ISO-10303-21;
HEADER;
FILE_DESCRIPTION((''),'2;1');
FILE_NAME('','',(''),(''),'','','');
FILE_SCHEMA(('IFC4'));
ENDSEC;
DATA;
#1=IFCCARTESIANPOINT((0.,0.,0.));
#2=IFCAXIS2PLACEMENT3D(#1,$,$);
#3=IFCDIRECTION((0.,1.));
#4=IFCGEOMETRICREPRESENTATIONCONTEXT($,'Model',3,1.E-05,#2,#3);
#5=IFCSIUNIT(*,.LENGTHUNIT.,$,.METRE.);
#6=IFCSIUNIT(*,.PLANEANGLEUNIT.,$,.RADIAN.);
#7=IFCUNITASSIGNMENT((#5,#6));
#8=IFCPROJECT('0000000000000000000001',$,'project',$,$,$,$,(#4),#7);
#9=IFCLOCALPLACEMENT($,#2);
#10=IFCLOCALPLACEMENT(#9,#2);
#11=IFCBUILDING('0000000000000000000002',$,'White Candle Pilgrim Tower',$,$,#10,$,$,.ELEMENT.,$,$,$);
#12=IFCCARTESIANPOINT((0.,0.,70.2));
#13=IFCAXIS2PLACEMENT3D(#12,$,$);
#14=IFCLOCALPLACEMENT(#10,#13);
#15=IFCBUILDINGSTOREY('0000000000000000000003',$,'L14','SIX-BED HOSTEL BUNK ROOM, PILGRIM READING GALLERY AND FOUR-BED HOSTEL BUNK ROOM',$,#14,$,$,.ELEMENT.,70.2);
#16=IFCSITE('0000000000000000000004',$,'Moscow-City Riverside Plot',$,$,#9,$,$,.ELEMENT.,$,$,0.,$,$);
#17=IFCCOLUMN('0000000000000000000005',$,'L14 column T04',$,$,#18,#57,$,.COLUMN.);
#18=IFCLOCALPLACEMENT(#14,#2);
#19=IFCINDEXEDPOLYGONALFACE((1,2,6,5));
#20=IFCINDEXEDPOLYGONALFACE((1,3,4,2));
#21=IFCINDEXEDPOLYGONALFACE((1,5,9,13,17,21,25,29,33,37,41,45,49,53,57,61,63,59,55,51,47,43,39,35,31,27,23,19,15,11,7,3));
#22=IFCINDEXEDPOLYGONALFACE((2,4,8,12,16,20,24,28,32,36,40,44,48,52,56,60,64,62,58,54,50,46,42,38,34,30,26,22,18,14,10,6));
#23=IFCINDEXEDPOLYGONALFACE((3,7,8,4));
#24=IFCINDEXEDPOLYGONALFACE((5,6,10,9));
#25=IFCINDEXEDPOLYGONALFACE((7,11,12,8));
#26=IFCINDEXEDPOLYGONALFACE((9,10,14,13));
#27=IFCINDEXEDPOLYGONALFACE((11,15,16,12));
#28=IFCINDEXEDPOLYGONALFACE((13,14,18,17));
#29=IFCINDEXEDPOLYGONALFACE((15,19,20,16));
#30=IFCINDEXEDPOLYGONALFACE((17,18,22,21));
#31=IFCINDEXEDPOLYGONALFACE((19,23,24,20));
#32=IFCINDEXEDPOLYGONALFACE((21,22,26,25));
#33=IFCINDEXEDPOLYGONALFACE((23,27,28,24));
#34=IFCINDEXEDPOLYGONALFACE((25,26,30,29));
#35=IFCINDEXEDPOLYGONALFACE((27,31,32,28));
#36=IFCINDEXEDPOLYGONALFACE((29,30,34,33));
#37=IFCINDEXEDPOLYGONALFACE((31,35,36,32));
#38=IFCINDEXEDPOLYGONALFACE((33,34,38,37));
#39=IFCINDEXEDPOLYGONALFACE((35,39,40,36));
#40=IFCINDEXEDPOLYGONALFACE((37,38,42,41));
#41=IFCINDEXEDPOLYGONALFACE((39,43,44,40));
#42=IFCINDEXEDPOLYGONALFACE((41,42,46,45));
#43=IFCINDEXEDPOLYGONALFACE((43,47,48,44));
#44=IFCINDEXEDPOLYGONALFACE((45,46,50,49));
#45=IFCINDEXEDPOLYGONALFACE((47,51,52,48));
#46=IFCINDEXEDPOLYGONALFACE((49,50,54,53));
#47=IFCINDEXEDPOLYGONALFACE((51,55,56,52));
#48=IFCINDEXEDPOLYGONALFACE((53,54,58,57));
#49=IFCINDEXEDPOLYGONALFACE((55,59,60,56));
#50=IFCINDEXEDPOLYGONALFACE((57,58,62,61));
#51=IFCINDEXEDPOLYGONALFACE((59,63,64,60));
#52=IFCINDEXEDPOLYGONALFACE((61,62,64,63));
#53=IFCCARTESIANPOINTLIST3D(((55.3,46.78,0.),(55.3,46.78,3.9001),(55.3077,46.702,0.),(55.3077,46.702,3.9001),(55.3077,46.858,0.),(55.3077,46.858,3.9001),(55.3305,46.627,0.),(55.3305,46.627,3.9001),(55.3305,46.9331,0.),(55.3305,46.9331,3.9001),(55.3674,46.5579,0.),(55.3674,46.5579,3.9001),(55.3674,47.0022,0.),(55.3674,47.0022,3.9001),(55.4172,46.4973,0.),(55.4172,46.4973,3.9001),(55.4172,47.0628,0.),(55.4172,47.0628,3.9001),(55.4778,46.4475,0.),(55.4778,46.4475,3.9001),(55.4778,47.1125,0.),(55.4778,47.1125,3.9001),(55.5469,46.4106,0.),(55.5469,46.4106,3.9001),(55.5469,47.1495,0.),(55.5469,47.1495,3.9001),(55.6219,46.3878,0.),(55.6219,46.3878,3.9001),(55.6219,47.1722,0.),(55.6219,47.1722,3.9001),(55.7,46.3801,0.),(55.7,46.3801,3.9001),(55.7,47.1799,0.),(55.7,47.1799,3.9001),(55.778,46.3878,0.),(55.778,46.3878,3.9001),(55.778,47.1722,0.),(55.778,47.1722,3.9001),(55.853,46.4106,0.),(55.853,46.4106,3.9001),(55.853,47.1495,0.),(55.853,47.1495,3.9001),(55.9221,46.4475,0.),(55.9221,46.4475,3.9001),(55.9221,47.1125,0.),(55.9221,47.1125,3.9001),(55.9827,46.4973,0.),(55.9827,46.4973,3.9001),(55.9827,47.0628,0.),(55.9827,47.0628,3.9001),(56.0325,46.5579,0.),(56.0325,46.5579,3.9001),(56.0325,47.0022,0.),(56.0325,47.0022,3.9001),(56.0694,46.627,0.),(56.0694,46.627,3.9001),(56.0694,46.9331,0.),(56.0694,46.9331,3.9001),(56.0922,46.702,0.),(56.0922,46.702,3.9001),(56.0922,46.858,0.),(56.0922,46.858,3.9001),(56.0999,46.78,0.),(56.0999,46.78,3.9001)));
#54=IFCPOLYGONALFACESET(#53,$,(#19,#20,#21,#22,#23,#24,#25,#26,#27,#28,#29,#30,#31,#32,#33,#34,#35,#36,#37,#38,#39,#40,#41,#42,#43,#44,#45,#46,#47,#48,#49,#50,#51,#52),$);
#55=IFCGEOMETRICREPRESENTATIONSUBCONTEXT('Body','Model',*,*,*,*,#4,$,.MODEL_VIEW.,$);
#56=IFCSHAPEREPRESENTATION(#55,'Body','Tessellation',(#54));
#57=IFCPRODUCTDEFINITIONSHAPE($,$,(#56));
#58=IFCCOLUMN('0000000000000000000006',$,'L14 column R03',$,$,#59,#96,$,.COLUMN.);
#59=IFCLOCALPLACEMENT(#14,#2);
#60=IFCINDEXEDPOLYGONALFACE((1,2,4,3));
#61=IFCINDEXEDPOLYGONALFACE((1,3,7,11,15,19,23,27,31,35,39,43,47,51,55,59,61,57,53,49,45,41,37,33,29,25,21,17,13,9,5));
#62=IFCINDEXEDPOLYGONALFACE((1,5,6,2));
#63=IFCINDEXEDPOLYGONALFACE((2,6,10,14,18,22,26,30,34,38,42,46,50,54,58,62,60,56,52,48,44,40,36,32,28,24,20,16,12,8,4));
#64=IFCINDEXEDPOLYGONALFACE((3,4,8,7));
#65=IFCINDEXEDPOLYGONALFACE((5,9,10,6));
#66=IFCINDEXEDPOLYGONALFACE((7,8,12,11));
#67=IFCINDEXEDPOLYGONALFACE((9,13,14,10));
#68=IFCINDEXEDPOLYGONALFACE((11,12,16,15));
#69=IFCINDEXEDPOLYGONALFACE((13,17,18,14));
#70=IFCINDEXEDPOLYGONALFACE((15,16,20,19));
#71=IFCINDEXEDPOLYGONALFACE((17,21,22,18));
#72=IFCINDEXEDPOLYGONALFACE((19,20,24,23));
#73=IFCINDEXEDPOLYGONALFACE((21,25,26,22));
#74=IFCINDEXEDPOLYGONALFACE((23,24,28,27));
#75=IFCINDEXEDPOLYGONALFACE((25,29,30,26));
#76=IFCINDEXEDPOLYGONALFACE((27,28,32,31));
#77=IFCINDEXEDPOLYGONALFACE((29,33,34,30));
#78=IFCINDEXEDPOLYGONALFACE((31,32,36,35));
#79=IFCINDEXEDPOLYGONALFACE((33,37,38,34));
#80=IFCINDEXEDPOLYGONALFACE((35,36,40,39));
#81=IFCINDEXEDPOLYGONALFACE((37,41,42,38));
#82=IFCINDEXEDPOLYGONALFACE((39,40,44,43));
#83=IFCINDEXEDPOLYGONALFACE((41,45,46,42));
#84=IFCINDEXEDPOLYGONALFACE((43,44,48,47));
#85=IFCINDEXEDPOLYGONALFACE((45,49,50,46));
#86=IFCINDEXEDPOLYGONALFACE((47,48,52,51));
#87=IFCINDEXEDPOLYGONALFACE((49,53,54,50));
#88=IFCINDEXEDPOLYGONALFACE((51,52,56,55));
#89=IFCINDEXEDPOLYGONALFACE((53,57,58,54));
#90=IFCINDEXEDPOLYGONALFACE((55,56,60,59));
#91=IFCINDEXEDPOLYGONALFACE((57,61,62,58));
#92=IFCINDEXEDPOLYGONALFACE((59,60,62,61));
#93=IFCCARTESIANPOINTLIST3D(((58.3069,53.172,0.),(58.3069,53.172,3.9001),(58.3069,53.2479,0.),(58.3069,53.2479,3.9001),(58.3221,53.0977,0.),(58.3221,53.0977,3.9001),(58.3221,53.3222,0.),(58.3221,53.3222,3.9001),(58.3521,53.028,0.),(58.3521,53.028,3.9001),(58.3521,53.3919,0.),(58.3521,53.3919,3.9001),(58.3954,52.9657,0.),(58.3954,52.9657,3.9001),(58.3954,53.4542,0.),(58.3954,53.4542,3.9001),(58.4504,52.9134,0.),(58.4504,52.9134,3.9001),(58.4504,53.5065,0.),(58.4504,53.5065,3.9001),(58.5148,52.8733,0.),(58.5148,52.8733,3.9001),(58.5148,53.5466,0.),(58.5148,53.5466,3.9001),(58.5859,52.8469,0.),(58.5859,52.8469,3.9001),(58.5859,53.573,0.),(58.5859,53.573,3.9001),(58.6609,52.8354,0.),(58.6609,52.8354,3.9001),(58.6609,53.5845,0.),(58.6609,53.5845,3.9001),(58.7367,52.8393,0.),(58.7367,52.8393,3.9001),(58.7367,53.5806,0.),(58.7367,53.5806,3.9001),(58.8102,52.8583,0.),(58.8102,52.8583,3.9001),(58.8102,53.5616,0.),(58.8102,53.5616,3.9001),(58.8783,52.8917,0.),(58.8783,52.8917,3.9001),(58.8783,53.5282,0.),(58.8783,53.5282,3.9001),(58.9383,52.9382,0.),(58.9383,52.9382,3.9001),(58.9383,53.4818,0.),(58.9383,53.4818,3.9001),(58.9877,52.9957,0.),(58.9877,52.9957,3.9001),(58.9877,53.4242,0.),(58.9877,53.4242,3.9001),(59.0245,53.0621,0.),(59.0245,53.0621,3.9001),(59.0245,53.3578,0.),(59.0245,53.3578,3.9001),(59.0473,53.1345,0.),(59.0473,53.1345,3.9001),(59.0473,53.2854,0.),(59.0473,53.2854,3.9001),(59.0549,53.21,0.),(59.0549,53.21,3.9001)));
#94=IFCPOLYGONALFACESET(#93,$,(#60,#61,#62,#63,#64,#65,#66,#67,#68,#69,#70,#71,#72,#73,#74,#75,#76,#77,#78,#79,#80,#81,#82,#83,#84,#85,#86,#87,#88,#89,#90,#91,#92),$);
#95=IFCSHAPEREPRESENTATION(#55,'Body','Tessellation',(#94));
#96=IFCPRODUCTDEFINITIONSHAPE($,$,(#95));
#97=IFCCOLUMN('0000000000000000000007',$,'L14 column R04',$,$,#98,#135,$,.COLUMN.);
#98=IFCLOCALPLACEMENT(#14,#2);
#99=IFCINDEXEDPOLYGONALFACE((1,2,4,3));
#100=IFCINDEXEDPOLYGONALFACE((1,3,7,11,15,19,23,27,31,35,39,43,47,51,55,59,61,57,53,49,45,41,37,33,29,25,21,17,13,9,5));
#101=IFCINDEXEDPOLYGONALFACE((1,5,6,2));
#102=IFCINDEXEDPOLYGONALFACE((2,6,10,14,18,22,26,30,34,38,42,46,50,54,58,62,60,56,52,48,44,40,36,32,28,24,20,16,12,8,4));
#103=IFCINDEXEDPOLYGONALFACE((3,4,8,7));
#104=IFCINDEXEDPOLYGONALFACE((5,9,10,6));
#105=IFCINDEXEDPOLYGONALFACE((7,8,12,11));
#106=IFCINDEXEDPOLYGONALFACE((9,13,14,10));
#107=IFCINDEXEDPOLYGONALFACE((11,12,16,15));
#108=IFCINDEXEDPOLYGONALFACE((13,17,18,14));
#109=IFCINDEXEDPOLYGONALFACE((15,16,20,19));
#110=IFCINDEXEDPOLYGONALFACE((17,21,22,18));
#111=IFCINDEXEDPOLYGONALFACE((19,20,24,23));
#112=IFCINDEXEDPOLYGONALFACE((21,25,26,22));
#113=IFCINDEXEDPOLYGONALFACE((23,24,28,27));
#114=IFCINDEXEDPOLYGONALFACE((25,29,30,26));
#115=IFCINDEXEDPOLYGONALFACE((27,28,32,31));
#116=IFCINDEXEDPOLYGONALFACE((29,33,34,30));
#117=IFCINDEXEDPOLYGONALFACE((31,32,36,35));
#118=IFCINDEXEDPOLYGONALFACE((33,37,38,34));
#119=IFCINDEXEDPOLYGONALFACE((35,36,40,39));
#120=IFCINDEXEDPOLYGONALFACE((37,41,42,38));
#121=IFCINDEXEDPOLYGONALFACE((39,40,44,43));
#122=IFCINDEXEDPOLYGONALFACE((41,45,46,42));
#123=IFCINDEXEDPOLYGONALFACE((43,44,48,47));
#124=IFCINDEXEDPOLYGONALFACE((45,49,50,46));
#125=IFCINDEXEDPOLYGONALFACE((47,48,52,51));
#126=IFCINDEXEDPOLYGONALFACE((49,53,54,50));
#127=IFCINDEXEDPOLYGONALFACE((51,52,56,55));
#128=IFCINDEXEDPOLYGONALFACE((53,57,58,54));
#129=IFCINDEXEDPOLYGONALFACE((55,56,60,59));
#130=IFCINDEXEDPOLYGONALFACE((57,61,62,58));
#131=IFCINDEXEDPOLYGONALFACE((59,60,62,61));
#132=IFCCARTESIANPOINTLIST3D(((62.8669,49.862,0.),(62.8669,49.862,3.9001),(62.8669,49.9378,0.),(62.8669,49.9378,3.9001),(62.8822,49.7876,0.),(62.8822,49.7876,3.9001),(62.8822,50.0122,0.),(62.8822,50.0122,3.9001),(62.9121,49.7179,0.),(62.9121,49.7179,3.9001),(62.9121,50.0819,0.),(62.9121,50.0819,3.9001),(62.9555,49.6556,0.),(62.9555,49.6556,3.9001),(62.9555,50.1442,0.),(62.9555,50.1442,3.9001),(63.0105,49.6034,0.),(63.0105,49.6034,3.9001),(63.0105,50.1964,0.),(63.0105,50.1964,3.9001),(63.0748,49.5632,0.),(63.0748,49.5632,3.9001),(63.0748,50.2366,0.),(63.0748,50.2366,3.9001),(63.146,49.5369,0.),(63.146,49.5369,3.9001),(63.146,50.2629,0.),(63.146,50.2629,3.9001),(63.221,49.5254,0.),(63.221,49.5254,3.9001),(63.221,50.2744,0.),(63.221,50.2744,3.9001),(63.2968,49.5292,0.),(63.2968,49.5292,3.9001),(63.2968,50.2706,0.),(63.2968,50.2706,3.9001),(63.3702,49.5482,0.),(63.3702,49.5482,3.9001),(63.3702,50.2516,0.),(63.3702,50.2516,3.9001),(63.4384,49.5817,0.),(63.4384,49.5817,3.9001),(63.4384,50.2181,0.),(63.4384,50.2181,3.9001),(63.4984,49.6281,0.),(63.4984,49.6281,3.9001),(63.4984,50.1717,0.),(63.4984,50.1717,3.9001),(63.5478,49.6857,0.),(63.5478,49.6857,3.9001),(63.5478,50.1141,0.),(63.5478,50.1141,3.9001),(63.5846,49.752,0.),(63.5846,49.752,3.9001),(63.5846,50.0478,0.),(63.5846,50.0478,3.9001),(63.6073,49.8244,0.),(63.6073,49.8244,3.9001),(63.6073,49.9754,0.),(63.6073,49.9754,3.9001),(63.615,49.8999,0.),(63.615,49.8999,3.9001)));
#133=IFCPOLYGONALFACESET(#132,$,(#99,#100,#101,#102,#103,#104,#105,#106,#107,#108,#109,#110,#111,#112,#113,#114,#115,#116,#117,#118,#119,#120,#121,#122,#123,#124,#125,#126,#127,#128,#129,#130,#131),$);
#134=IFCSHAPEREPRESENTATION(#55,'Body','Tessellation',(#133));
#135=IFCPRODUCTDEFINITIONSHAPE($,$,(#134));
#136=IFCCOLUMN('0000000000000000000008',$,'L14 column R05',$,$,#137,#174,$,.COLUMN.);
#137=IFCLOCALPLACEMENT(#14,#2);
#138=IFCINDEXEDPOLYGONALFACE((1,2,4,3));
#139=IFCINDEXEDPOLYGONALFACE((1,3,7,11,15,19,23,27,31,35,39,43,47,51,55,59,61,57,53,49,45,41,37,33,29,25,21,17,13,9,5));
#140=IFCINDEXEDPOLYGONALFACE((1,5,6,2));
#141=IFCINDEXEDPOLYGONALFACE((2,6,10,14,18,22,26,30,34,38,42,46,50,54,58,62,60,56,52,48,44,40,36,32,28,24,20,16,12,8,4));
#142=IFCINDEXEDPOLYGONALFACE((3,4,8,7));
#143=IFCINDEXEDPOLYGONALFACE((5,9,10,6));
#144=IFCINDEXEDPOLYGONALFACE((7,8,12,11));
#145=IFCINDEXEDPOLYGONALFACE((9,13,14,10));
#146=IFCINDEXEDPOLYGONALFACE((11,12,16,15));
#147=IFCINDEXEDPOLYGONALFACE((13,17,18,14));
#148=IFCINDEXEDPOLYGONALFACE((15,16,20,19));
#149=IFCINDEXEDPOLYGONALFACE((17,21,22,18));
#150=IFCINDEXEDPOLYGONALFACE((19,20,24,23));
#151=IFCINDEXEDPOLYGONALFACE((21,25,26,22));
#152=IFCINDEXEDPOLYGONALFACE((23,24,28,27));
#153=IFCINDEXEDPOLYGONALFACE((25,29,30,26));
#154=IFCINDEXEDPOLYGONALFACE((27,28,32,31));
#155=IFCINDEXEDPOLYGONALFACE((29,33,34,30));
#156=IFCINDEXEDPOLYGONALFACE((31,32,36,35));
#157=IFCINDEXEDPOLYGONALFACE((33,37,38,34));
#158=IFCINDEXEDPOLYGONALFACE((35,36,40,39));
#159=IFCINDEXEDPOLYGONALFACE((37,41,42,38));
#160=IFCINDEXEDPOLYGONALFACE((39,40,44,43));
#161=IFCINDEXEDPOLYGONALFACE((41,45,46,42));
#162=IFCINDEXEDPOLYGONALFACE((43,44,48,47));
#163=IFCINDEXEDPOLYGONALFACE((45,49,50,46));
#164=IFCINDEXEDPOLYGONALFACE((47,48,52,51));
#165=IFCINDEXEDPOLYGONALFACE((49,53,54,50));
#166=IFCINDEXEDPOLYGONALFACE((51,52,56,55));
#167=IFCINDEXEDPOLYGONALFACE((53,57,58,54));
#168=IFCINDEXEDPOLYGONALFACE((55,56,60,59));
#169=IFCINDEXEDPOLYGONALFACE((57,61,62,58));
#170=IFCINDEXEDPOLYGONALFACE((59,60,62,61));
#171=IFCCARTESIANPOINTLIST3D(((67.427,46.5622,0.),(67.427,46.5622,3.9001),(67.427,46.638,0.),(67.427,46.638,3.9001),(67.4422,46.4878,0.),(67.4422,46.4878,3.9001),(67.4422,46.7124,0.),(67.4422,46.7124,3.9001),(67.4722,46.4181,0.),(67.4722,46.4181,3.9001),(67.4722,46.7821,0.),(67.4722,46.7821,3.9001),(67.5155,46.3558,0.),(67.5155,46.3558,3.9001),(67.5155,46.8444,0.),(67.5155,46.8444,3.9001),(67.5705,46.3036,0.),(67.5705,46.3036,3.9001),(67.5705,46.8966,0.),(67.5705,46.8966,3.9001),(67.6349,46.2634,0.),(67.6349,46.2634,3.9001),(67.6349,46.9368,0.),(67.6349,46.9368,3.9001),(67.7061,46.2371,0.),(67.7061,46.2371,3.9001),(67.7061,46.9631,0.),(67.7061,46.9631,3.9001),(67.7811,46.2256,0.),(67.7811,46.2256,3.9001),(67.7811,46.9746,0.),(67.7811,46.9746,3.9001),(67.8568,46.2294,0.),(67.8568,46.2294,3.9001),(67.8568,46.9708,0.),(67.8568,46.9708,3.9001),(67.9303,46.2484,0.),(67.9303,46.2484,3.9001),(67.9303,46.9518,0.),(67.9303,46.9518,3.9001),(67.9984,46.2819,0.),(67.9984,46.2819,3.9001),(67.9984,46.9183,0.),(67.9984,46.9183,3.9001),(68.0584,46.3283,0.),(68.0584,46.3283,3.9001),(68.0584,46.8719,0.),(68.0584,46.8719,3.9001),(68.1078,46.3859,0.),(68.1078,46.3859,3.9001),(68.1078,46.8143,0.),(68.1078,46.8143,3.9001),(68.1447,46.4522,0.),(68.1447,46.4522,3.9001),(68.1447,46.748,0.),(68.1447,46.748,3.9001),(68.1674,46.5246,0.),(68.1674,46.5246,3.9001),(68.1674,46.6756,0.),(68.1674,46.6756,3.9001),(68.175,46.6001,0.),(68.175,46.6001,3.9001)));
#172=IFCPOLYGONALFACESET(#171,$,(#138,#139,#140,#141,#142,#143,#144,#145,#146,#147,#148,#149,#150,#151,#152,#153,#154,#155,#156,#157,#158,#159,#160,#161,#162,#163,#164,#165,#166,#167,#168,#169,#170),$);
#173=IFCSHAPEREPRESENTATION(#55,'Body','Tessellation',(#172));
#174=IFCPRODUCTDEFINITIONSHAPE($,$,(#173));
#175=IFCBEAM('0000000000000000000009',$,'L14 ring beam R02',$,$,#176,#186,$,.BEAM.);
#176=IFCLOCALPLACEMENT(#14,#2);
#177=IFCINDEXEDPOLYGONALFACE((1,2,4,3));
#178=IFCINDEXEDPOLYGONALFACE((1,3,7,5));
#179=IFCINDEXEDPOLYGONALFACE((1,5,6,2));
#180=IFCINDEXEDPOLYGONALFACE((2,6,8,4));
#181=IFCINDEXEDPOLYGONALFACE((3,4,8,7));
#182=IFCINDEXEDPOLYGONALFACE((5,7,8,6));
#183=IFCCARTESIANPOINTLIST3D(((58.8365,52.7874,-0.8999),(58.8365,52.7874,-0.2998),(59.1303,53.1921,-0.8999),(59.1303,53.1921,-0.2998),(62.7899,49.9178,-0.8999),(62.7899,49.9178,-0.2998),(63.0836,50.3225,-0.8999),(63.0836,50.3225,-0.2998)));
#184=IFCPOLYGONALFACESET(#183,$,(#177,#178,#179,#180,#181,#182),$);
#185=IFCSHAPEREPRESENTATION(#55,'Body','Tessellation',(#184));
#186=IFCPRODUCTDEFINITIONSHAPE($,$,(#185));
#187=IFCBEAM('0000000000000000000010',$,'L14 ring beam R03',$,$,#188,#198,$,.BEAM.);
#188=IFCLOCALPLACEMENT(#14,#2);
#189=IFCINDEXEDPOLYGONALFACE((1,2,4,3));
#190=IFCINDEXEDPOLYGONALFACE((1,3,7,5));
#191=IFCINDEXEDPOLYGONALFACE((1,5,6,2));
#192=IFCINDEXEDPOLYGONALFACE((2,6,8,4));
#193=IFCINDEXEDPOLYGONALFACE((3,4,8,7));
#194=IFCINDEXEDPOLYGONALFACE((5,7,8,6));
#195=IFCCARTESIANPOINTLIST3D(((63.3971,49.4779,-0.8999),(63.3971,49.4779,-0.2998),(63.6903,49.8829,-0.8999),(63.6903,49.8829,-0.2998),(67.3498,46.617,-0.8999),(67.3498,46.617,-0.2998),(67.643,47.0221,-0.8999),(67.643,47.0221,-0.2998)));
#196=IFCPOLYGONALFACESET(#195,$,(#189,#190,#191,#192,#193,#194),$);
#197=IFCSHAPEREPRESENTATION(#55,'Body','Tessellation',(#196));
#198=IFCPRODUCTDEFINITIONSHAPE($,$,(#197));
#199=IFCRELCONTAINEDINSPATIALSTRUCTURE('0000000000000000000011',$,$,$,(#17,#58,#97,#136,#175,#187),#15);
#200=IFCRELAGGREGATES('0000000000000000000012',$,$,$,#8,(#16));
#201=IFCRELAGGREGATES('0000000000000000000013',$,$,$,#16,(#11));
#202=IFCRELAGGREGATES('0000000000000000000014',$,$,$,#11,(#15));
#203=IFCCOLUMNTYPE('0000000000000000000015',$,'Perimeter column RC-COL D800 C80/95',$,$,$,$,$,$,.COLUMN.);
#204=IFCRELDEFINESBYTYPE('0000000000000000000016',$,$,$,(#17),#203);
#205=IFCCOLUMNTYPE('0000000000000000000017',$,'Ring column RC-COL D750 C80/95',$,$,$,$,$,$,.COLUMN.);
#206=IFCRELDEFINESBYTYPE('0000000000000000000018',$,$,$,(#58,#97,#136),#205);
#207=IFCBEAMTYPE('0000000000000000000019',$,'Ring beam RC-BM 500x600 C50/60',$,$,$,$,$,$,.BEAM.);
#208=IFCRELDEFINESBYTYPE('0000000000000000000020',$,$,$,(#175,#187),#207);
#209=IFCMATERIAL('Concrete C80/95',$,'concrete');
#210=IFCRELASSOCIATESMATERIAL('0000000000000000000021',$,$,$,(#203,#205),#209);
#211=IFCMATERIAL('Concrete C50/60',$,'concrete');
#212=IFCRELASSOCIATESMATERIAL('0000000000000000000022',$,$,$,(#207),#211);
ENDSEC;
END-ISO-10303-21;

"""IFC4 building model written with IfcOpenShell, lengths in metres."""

from ifc_helpers import new_model, si_unit, direction, frame, origin, origin_2d, place, context, subcontext, project, spatial, rectangle, circle, extrude, material, material_profile, profile_set, type_object, element, save


model = new_model("IFC4")

# Units and contexts
model_context = context("Model", 3, precision=1e-05, world=origin(), true_north=direction((0.0, 1.0)))
body_context = subcontext(model_context, "Body", "Model", "MODEL_VIEW")
ifc_project = project(units=[si_unit("LENGTHUNIT", "METRE"), si_unit("PLANEANGLEUNIT", "RADIAN")], contexts=[model_context])

# Site, building, storey
site_placement = place(None, origin())
site = spatial("IfcSite", under=ifc_project, at=site_placement, Name="Moscow-City Riverside Plot", CompositionType="ELEMENT", RefElevation=0.0)
building_placement = place(site_placement, origin())
building = spatial("IfcBuilding", under=site, at=building_placement, Name="White Candle Pilgrim Tower", CompositionType="ELEMENT")
storey_placement = place(building_placement, frame((0.0, 0.0, 70.2)))
storey = spatial("IfcBuildingStorey", under=building, at=storey_placement, Name="L14", Description="SIX-BED HOSTEL BUNK ROOM, PILGRIM READING GALLERY AND FOUR-BED HOSTEL BUNK ROOM", CompositionType="ELEMENT", Elevation=70.2)

# Columns
ifc_material_1 = material(Name="Concrete C80/95", Category="concrete")
ifc_material_profile_1 = material_profile(ifc_material_1, circle(Radius=0.3999, at=origin_2d()), Name="RC-COL D800")
ifc_profile_set_1 = profile_set([ifc_material_profile_1], Name="Concrete C80/95")
column_type_1 = type_object("IfcColumnType", Name="Perimeter column RC-COL D800 C80/95", PredefinedType="COLUMN", material=ifc_profile_set_1)
column_placement = place(storey_placement, frame((55.7, 46.78, 0.0), z_axis=(0.0, 0.0, 1.0), x_axis=(1.0, 0.0, 0.0)))
element("IfcColumn", 1, at=column_placement, inside=storey, type_object=column_type_1, Name="L14 column T04", PredefinedType="COLUMN", context=body_context, shape_type="SweptSolid", body=[
    extrude(circle(Radius=0.3999, at=origin_2d()), origin(), (0.0, 0.0, 1.0), 3.9001),
])
ifc_material_profile_2 = material_profile(ifc_material_1, circle(Radius=0.375, at=origin_2d()), Name="RC-COL D750")
ifc_profile_set_2 = profile_set([ifc_material_profile_2], Name="Concrete C80/95")
column_type_2 = type_object("IfcColumnType", Name="Ring column RC-COL D750 C80/95", PredefinedType="COLUMN", material=ifc_profile_set_2)
for number, where, z_axis, x_axis, name in (
    (2, (58.6799, 53.21, 0.0), (0.0, 0.0, 1.0), (1.0, 0.0, 0.0), "L14 column R03"),
    (3, (63.24, 49.8999, 0.0), (0.0, 0.0, 1.0), (1.0, 0.0, 0.0), "L14 column R04"),
    (4, (67.8, 46.6001, 0.0), (0.0, 0.0, 1.0), (1.0, 0.0, 0.0), "L14 column R05"),
):
    element("IfcColumn", number, at=place(storey_placement, frame(where, z_axis=z_axis, x_axis=x_axis)), inside=storey, type_object=column_type_2, Name=name, PredefinedType="COLUMN", context=body_context, shape_type="SweptSolid", body=[
        extrude(circle(Radius=0.375, at=origin_2d()), origin(), (0.0, 0.0, 1.0), 3.9001),
    ])

# Beams
ifc_material_2 = material(Name="Concrete C50/60", Category="concrete")
ifc_material_profile_3 = material_profile(ifc_material_2, rectangle(XDim=0.5, YDim=0.6001, at=origin_2d()), Name="RC-BM 500x600")
ifc_profile_set_3 = profile_set([ifc_material_profile_3], Name="Concrete C50/60")
beam_type = type_object("IfcBeamType", Name="Ring beam RC-BM 500x600 C50/60", PredefinedType="BEAM", material=ifc_profile_set_3)
beam_1_placement = place(storey_placement, frame((58.9834, 52.9897, -0.5999), z_axis=(0.809276, -0.587429, 0.0), x_axis=(0.587429, 0.809276, 0.0)))
element("IfcBeam", 5, at=beam_1_placement, inside=storey, type_object=beam_type, Name="L14 ring beam R02", PredefinedType="BEAM", context=body_context, shape_type="SweptSolid", body=[
    extrude(rectangle(XDim=0.5, YDim=0.6001, at=origin_2d()), origin(), (0.0, 0.0, 1.0), 4.885),
])
beam_2_placement = place(storey_placement, frame((63.5437, 49.6804, -0.5999), z_axis=(0.81008, -0.58632, 0.0), x_axis=(0.58632, 0.81008, 0.0)))
element("IfcBeam", 6, at=beam_2_placement, inside=storey, type_object=beam_type, Name="L14 ring beam R03", PredefinedType="BEAM", context=body_context, shape_type="SweptSolid", body=[
    extrude(rectangle(XDim=0.5, YDim=0.6001, at=origin_2d()), origin(), (0.0, 0.0, 1.0), 4.8794),
])

save(model, "model.ifc")
